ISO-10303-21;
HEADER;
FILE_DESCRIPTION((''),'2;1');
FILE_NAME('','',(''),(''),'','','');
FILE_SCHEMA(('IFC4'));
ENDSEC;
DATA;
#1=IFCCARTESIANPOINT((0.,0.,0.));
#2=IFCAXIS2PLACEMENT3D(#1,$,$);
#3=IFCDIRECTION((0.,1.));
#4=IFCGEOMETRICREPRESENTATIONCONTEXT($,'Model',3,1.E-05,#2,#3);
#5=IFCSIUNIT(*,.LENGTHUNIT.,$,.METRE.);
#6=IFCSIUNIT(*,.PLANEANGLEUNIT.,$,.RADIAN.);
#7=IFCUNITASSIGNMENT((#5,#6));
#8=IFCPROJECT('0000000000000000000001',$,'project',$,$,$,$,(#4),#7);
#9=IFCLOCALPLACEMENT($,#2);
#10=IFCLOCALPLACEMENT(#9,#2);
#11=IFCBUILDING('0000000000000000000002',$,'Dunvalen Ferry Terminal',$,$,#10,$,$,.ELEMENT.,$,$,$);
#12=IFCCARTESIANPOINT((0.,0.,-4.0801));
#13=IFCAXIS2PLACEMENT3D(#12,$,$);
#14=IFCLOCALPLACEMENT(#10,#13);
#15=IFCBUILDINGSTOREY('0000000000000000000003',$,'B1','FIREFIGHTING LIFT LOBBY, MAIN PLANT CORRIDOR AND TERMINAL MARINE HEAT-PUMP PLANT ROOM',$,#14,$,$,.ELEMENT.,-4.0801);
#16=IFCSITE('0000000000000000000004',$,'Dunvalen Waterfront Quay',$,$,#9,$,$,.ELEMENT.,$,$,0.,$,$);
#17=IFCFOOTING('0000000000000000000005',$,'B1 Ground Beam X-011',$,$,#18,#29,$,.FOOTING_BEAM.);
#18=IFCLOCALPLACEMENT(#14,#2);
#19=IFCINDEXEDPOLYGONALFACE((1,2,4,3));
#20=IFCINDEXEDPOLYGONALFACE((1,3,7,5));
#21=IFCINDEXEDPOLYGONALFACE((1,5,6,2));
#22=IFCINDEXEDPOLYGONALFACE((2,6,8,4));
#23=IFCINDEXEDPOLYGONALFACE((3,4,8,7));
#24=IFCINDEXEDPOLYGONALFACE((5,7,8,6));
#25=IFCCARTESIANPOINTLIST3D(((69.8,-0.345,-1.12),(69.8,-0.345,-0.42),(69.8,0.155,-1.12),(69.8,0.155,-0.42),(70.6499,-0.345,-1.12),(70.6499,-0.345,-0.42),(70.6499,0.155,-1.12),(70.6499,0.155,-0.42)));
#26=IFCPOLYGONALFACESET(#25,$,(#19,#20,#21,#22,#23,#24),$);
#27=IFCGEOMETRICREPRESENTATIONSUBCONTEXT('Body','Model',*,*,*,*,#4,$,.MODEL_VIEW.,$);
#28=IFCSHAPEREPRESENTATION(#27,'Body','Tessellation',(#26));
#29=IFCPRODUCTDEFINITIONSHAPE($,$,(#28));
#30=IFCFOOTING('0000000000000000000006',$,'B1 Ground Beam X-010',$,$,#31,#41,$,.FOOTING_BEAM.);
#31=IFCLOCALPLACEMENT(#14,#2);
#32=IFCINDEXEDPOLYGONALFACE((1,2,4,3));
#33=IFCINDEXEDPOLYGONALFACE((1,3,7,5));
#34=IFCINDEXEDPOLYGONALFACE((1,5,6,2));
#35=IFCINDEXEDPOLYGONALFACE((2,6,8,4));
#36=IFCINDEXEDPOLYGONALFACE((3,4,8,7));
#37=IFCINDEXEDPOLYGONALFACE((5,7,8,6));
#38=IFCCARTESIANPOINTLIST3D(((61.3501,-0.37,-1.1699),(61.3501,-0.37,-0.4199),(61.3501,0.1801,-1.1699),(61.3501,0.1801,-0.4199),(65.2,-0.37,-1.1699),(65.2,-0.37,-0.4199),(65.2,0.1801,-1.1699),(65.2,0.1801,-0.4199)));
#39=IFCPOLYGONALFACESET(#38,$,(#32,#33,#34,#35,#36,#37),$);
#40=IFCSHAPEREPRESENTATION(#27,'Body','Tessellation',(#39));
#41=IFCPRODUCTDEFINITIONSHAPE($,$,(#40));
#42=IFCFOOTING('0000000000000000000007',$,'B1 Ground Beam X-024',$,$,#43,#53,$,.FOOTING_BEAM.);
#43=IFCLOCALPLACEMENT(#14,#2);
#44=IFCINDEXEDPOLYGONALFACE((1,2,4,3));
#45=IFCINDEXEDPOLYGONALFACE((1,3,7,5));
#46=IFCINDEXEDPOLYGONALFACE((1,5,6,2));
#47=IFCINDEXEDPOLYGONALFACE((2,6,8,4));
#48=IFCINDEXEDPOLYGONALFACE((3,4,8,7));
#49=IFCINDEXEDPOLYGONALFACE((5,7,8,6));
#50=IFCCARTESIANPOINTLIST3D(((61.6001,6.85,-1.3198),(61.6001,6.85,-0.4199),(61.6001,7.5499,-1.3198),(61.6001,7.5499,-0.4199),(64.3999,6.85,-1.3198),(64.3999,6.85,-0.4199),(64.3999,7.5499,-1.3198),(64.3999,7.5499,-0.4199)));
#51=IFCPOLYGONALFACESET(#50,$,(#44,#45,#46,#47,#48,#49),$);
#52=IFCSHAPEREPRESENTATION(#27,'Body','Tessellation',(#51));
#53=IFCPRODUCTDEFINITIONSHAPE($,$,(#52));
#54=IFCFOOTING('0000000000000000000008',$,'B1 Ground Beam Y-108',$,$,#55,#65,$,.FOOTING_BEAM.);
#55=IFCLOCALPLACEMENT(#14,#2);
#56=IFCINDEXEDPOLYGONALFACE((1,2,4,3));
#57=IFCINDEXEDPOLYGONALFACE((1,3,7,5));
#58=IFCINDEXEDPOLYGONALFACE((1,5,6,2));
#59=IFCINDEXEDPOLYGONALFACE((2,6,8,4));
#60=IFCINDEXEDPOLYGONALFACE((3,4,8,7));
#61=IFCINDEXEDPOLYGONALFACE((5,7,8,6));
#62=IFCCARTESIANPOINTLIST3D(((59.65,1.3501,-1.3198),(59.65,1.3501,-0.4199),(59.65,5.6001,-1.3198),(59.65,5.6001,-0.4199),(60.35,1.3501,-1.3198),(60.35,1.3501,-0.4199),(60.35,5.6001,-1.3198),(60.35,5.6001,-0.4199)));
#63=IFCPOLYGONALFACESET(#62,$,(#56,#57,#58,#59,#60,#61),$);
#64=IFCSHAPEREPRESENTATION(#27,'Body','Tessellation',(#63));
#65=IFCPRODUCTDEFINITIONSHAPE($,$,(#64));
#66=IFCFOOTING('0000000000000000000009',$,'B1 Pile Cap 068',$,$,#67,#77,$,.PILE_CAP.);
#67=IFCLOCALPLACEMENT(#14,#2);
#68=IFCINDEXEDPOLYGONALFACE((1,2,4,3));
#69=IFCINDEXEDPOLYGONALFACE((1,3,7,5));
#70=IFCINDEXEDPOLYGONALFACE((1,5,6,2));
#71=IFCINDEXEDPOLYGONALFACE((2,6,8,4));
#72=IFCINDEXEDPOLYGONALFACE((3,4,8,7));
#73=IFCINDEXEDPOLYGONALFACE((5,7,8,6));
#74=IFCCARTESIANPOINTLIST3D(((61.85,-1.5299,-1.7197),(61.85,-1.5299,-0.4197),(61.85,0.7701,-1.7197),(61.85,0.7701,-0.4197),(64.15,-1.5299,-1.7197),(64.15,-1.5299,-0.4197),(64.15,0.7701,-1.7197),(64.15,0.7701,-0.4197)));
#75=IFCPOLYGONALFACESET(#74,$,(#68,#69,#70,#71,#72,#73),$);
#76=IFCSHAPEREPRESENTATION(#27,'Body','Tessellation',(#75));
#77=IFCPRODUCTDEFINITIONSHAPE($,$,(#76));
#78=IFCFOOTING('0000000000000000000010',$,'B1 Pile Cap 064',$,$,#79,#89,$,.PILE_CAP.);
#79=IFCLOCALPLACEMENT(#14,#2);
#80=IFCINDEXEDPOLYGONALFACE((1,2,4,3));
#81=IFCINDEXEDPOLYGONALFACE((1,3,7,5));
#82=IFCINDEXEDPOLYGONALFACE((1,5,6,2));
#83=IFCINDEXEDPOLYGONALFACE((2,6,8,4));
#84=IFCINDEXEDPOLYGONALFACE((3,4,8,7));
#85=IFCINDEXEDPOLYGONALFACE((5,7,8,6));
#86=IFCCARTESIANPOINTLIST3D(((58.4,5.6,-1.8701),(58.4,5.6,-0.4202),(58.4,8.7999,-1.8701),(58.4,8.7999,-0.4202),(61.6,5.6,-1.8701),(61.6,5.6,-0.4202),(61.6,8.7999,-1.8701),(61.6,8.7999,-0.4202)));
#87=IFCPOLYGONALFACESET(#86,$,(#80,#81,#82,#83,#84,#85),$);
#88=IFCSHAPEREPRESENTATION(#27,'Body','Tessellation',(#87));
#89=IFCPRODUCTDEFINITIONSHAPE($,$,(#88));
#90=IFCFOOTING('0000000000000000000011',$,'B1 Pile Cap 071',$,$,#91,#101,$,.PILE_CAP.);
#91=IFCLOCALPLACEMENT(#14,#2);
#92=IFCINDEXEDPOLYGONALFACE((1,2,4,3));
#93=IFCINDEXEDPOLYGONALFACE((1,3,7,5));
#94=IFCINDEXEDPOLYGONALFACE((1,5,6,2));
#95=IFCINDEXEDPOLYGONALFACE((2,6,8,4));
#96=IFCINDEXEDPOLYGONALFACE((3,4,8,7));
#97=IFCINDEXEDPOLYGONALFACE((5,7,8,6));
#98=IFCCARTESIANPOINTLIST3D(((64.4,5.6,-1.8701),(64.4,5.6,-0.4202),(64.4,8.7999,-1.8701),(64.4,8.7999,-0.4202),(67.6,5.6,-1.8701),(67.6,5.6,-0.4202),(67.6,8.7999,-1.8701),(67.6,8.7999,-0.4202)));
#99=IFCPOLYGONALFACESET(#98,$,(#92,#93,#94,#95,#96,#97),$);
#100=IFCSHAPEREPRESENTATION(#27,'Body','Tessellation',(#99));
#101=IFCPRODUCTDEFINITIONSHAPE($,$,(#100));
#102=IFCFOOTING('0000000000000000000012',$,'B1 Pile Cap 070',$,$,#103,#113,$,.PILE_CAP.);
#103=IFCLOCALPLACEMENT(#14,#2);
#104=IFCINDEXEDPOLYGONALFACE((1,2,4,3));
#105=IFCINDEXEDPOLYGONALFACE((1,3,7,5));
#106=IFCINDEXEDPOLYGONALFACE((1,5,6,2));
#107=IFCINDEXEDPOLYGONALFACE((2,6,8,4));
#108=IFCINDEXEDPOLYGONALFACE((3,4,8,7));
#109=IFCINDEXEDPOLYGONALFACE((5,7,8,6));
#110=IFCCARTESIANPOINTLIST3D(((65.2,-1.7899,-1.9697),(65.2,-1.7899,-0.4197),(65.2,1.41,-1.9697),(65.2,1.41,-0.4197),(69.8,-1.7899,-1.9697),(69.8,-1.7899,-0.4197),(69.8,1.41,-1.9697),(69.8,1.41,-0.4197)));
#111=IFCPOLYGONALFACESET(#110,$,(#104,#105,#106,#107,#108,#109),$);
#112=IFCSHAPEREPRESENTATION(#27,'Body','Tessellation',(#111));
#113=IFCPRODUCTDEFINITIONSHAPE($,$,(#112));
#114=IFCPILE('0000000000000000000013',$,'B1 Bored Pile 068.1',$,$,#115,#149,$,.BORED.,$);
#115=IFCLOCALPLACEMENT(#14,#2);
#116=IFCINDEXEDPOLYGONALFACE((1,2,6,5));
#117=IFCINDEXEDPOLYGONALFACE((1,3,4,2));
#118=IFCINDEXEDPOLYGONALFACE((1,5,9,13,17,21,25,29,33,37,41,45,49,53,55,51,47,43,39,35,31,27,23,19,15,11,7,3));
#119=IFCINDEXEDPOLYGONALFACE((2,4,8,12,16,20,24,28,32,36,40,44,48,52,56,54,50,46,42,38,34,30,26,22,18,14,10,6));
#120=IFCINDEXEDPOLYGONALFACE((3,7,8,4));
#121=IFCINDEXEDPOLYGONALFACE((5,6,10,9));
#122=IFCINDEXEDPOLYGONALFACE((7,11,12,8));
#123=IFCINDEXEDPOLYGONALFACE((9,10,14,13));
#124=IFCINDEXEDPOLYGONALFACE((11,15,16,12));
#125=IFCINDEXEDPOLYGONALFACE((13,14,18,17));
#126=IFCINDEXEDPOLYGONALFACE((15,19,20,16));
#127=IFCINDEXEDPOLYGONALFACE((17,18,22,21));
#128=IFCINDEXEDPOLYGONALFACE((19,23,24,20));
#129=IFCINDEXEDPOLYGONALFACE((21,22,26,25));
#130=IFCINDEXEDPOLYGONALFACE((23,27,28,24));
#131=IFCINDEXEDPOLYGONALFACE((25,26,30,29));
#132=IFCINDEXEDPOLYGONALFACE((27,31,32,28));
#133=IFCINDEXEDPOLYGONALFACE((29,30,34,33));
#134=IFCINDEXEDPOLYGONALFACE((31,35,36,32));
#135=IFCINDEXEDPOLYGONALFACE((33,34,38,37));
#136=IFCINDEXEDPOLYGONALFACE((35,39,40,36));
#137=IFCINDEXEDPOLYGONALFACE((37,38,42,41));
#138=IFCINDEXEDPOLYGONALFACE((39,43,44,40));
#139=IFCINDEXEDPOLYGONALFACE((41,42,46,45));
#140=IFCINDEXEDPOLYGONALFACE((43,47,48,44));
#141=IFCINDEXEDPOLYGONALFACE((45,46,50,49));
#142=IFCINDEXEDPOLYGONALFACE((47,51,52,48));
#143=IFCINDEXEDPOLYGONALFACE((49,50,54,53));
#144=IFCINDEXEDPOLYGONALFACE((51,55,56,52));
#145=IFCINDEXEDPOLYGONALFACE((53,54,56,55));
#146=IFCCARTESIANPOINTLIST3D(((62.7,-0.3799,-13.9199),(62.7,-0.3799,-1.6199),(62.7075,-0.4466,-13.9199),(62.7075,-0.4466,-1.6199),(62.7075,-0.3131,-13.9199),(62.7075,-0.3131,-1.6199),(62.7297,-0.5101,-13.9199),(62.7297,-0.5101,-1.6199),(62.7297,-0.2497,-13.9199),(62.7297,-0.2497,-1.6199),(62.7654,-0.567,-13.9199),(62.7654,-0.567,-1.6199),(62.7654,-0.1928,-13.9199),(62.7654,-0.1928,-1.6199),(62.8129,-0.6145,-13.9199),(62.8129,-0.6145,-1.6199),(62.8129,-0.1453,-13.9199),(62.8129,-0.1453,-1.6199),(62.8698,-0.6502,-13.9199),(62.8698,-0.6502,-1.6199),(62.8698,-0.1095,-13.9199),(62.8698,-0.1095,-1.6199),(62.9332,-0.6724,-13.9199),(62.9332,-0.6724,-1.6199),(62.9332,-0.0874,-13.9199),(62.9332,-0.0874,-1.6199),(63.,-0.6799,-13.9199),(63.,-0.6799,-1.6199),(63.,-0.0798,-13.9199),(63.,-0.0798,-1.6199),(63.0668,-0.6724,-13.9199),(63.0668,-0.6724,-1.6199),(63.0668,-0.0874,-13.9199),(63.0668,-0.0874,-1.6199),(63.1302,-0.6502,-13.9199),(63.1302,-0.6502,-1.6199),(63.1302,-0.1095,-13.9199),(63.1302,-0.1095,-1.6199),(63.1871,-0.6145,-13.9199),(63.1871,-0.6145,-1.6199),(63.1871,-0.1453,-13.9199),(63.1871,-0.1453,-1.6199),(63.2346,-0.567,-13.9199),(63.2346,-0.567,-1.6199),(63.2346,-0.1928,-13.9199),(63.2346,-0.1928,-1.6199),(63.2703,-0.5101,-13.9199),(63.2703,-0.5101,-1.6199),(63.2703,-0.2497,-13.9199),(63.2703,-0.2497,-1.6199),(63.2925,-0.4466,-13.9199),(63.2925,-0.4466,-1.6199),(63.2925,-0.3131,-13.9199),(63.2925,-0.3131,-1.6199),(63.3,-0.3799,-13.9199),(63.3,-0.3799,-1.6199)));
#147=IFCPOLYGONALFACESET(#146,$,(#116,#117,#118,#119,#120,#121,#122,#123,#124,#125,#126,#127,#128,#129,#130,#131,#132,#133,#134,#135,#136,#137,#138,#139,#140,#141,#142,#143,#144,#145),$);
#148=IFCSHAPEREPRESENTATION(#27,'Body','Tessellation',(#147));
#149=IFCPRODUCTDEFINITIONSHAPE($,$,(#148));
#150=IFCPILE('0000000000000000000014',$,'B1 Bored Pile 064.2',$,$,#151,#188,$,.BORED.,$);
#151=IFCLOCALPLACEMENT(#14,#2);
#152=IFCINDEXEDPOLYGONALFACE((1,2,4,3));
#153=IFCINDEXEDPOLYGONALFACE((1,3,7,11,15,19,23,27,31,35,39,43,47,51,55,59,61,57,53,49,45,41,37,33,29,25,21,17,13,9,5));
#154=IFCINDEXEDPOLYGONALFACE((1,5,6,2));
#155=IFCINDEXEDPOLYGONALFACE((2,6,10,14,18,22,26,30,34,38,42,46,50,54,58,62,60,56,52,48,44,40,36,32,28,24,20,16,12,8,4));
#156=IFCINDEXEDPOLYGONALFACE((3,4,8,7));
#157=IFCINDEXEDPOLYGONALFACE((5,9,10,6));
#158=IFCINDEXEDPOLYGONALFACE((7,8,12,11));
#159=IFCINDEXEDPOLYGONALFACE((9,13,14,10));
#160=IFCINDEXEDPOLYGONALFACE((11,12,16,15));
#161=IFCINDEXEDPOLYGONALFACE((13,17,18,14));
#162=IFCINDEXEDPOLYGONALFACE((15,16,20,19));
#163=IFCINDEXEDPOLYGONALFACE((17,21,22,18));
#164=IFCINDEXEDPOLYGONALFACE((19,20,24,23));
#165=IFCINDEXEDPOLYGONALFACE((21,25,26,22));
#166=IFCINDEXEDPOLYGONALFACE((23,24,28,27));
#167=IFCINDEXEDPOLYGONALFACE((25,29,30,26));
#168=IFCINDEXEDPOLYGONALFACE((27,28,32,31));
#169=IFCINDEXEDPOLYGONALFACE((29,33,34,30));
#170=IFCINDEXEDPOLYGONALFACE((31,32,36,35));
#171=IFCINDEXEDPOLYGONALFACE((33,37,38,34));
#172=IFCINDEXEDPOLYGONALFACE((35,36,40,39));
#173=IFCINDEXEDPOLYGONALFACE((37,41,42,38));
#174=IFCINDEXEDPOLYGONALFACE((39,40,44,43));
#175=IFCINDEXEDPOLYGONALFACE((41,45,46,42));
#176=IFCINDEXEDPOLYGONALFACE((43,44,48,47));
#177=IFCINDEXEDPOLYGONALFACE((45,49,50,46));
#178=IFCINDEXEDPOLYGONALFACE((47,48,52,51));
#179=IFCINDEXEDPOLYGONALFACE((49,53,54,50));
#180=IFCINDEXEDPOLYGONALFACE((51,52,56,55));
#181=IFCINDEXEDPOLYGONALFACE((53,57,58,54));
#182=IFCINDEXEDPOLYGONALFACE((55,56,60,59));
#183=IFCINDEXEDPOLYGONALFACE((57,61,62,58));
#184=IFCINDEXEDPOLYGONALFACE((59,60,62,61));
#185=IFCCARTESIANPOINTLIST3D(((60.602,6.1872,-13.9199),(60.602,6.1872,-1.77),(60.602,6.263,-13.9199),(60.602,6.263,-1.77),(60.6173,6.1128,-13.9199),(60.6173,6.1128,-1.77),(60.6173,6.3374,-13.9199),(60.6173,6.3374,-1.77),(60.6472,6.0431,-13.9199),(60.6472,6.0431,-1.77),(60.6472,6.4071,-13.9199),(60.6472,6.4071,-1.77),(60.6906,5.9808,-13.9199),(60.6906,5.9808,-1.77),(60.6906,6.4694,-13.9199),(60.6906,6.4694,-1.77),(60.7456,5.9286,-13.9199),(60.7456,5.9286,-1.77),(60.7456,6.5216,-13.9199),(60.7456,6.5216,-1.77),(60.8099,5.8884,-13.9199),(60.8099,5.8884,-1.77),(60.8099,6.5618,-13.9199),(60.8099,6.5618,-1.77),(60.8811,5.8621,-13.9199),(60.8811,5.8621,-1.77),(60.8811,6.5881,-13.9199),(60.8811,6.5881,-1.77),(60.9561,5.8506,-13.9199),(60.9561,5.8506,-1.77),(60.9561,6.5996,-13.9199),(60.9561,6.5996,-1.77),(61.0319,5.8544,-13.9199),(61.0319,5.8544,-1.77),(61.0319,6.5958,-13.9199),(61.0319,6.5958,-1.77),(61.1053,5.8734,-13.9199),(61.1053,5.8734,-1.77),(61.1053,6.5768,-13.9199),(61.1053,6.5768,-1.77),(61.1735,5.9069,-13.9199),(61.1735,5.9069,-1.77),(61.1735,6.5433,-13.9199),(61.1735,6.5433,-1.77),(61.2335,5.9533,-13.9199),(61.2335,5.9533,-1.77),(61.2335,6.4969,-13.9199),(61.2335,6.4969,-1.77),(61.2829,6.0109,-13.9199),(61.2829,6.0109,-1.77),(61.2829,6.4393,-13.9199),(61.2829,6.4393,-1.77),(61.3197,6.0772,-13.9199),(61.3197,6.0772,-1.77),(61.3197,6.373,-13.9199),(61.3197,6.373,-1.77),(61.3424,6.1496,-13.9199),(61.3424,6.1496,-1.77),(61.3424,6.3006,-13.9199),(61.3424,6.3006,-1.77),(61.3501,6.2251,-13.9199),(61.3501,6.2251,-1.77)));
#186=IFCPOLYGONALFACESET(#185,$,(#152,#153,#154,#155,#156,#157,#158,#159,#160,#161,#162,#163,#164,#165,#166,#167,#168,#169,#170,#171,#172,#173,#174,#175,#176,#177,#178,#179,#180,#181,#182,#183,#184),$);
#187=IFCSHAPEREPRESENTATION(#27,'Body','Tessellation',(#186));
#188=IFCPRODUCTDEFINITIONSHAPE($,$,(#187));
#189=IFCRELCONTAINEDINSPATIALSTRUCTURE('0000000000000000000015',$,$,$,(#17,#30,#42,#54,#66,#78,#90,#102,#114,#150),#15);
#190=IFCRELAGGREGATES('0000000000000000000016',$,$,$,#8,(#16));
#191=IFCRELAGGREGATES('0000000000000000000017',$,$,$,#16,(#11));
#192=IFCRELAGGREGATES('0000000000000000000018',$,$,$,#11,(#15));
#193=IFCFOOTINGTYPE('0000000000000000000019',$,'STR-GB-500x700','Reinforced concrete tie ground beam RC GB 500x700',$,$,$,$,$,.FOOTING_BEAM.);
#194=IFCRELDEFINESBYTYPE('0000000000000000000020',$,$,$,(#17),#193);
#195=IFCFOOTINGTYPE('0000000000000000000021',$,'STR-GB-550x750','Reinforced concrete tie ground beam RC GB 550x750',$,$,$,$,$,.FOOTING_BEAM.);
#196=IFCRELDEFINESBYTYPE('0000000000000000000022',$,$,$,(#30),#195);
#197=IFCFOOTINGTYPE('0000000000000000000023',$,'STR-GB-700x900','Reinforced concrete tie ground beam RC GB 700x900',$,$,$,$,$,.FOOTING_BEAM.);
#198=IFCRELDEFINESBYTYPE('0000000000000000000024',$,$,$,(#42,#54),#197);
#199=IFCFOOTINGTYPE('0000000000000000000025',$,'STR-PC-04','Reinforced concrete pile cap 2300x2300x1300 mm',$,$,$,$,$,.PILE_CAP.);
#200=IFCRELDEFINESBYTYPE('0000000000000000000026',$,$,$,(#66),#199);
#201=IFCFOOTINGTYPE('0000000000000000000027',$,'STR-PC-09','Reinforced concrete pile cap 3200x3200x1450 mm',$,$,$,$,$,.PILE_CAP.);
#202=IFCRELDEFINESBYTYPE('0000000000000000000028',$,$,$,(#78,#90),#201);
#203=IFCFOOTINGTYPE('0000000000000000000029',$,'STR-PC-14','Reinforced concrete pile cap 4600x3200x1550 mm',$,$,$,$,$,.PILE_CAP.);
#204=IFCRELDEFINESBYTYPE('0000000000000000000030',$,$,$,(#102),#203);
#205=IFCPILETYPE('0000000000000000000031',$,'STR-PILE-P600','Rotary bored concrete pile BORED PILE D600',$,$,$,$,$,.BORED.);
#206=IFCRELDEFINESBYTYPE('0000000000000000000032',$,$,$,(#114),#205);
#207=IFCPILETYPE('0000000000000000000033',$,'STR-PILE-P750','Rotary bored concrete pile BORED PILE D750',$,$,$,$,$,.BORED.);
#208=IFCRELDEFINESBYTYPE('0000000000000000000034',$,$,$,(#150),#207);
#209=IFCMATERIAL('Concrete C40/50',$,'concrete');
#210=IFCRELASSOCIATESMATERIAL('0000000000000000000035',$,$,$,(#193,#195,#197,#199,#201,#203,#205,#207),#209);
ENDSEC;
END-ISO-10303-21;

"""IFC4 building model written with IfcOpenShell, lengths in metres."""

from ifc_helpers import new_model, si_unit, direction, frame, origin, origin_2d, place, context, subcontext, project, spatial, rectangle, circle, extrude, material, material_profile, profile_set, type_object, element, save


model = new_model("IFC4")

# Units and contexts
model_context = context("Model", 3, precision=1e-05, world=origin(), true_north=direction((0.0, 1.0)))
body_context = subcontext(model_context, "Body", "Model", "MODEL_VIEW")
ifc_project = project(units=[si_unit("LENGTHUNIT", "METRE"), si_unit("PLANEANGLEUNIT", "RADIAN")], contexts=[model_context])

# Site, building, storey
site_placement = place(None, origin())
site = spatial("IfcSite", under=ifc_project, at=site_placement, Name="Dunvalen Waterfront Quay", CompositionType="ELEMENT", RefElevation=0.0)
building_placement = place(site_placement, origin())
building = spatial("IfcBuilding", under=site, at=building_placement, Name="Dunvalen Ferry Terminal", CompositionType="ELEMENT")
storey_placement = place(building_placement, frame((0.0, 0.0, -4.0801)))
storey = spatial("IfcBuildingStorey", under=building, at=storey_placement, Name="B1", Description="FIREFIGHTING LIFT LOBBY, MAIN PLANT CORRIDOR AND TERMINAL MARINE HEAT-PUMP PLANT ROOM", CompositionType="ELEMENT", Elevation=-4.0801)

# Footings
ifc_material = material(Name="Concrete C40/50", Category="concrete")
ifc_material_profile_1 = material_profile(ifc_material, rectangle(XDim=0.5, YDim=0.7, at=origin_2d()), Name="Concrete C40/50")
ifc_profile_set_1 = profile_set([ifc_material_profile_1], Name="Concrete C40/50")
footing_type_1 = type_object("IfcFootingType", Name="STR-GB-500x700", Description="Reinforced concrete tie ground beam RC GB 500x700", PredefinedType="FOOTING_BEAM", material=ifc_profile_set_1)
footing_1_placement = place(storey_placement, frame((69.8, -0.095, -0.77), z_axis=(1.0, 0.0, 0.0), x_axis=(0.0, 1.0, 0.0)))
element("IfcFooting", 1, at=footing_1_placement, inside=storey, type_object=footing_type_1, Name="B1 Ground Beam X-011", PredefinedType="FOOTING_BEAM", context=body_context, shape_type="SweptSolid", body=[
    extrude(rectangle(XDim=0.5, YDim=0.7, at=origin_2d()), origin(), (0.0, 0.0, 1.0), 0.8499),
])
ifc_material_profile_2 = material_profile(ifc_material, rectangle(XDim=0.55, YDim=0.75, at=origin_2d()), Name="Concrete C40/50")
ifc_profile_set_2 = profile_set([ifc_material_profile_2], Name="Concrete C40/50")
footing_type_2 = type_object("IfcFootingType", Name="STR-GB-550x750", Description="Reinforced concrete tie ground beam RC GB 550x750", PredefinedType="FOOTING_BEAM", material=ifc_profile_set_2)
footing_2_placement = place(storey_placement, frame((61.3501, -0.095, -0.7949), z_axis=(1.0, 0.0, 0.0), x_axis=(0.0, 1.0, 0.0)))
element("IfcFooting", 2, at=footing_2_placement, inside=storey, type_object=footing_type_2, Name="B1 Ground Beam X-010", PredefinedType="FOOTING_BEAM", context=body_context, shape_type="SweptSolid", body=[
    extrude(rectangle(XDim=0.55, YDim=0.75, at=origin_2d()), origin(), (0.0, 0.0, 1.0), 3.8499),
])
ifc_material_profile_3 = material_profile(ifc_material, rectangle(XDim=0.7, YDim=0.8999, at=origin_2d()), Name="Concrete C40/50")
ifc_profile_set_3 = profile_set([ifc_material_profile_3], Name="Concrete C40/50")
footing_type_3 = type_object("IfcFootingType", Name="STR-GB-700x900", Description="Reinforced concrete tie ground beam RC GB 700x900", PredefinedType="FOOTING_BEAM", material=ifc_profile_set_3)
footing_3_placement = place(storey_placement, frame((61.6001, 7.2, -0.8699), z_axis=(1.0, 0.0, 0.0), x_axis=(0.0, 1.0, 0.0)))
element("IfcFooting", 3, at=footing_3_placement, inside=storey, type_object=footing_type_3, Name="B1 Ground Beam X-024", PredefinedType="FOOTING_BEAM", context=body_context, shape_type="SweptSolid", body=[
    extrude(rectangle(XDim=0.7, YDim=0.8999, at=origin_2d()), origin(), (0.0, 0.0, 1.0), 2.7998),
])
footing_4_placement = place(storey_placement, frame((60.0, 1.3501, -0.8699), z_axis=(0.0, 1.0, 0.0), x_axis=(-1.0, 0.0, 0.0)))
element("IfcFooting", 4, at=footing_4_placement, inside=storey, type_object=footing_type_3, Name="B1 Ground Beam Y-108", PredefinedType="FOOTING_BEAM", context=body_context, shape_type="SweptSolid", body=[
    extrude(rectangle(XDim=0.7, YDim=0.8999, at=origin_2d()), origin(), (0.0, 0.0, 1.0), 4.25),
])
footing_type_4 = type_object("IfcFootingType", Name="STR-PC-04", Description="Reinforced concrete pile cap 2300x2300x1300 mm", PredefinedType="PILE_CAP", material=ifc_material)
footing_5_placement = place(storey_placement, frame((63.0, -0.3799, -1.7197), z_axis=(0.0, 0.0, 1.0), x_axis=(1.0, 0.0, 0.0)))
element("IfcFooting", 5, at=footing_5_placement, inside=storey, type_object=footing_type_4, Name="B1 Pile Cap 068", PredefinedType="PILE_CAP", context=body_context, shape_type="SweptSolid", body=[
    extrude(rectangle(XDim=2.3, YDim=2.3, at=origin_2d()), origin(), (0.0, 0.0, 1.0), 1.3),
])
footing_type_5 = type_object("IfcFootingType", Name="STR-PC-09", Description="Reinforced concrete pile cap 3200x3200x1450 mm", PredefinedType="PILE_CAP", material=ifc_material)
for number, where, z_axis, x_axis, name in (
    (6, (60.0, 7.2, -1.8701), (0.0, 0.0, 1.0), (1.0, 0.0, 0.0), "B1 Pile Cap 064"),
    (7, (66.0, 7.2, -1.8701), (0.0, 0.0, 1.0), (1.0, 0.0, 0.0), "B1 Pile Cap 071"),
):
    element("IfcFooting", number, at=place(storey_placement, frame(where, z_axis=z_axis, x_axis=x_axis)), inside=storey, type_object=footing_type_5, Name=name, PredefinedType="PILE_CAP", context=body_context, shape_type="SweptSolid", body=[
        extrude(rectangle(XDim=3.2, YDim=3.2, at=origin_2d()), origin(), (0.0, 0.0, 1.0), 1.45),
    ])
footing_type_6 = type_object("IfcFootingType", Name="STR-PC-14", Description="Reinforced concrete pile cap 4600x3200x1550 mm", PredefinedType="PILE_CAP", material=ifc_material)
footing_6_placement = place(storey_placement, frame((67.5, -0.1899, -1.9697), z_axis=(0.0, 0.0, 1.0), x_axis=(1.0, 0.0, 0.0)))
element("IfcFooting", 8, at=footing_6_placement, inside=storey, type_object=footing_type_6, Name="B1 Pile Cap 070", PredefinedType="PILE_CAP", context=body_context, shape_type="SweptSolid", body=[
    extrude(rectangle(XDim=4.6001, YDim=3.2, at=origin_2d()), origin(), (0.0, 0.0, 1.0), 1.55),
])

# Piles
ifc_material_profile_4 = material_profile(ifc_material, circle(Radius=0.3, at=origin_2d()), Name="Concrete C40/50")
ifc_profile_set_4 = profile_set([ifc_material_profile_4], Name="Concrete C40/50")
pile_type_1 = type_object("IfcPileType", Name="STR-PILE-P600", Description="Rotary bored concrete pile BORED PILE D600", PredefinedType="BORED", material=ifc_profile_set_4)
pile_placement = place(storey_placement, frame((63.0, -0.3799, -1.6199), z_axis=(0.0, 0.0, -1.0), x_axis=(1.0, 0.0, 0.0)))
element("IfcPile", 9, at=pile_placement, inside=storey, type_object=pile_type_1, Name="B1 Bored Pile 068.1", PredefinedType="BORED", context=body_context, shape_type="SweptSolid", body=[
    extrude(circle(Radius=0.3, at=origin_2d()), origin(), (0.0, 0.0, 1.0), 12.3),
])
ifc_material_profile_5 = material_profile(ifc_material, circle(Radius=0.375, at=origin_2d()), Name="Concrete C40/50")
ifc_profile_set_5 = profile_set([ifc_material_profile_5], Name="Concrete C40/50")
pile_type_2 = type_object("IfcPileType", Name="STR-PILE-P750", Description="Rotary bored concrete pile BORED PILE D750", PredefinedType="BORED", material=ifc_profile_set_5)
for number, where, z_axis, x_axis, name in (
    (10, (60.9751, 6.2251, -1.77), (0.0, 0.0, -1.0), (1.0, 0.0, 0.0), "B1 Bored Pile 064.2"),
):
    element("IfcPile", number, at=place(storey_placement, frame(where, z_axis=z_axis, x_axis=x_axis)), inside=storey, type_object=pile_type_2, Name=name, PredefinedType="BORED", context=body_context, shape_type="SweptSolid", body=[
        extrude(circle(Radius=0.375, at=origin_2d()), origin(), (0.0, 0.0, 1.0), 12.1499),
    ])

save(model, "model.ifc")
